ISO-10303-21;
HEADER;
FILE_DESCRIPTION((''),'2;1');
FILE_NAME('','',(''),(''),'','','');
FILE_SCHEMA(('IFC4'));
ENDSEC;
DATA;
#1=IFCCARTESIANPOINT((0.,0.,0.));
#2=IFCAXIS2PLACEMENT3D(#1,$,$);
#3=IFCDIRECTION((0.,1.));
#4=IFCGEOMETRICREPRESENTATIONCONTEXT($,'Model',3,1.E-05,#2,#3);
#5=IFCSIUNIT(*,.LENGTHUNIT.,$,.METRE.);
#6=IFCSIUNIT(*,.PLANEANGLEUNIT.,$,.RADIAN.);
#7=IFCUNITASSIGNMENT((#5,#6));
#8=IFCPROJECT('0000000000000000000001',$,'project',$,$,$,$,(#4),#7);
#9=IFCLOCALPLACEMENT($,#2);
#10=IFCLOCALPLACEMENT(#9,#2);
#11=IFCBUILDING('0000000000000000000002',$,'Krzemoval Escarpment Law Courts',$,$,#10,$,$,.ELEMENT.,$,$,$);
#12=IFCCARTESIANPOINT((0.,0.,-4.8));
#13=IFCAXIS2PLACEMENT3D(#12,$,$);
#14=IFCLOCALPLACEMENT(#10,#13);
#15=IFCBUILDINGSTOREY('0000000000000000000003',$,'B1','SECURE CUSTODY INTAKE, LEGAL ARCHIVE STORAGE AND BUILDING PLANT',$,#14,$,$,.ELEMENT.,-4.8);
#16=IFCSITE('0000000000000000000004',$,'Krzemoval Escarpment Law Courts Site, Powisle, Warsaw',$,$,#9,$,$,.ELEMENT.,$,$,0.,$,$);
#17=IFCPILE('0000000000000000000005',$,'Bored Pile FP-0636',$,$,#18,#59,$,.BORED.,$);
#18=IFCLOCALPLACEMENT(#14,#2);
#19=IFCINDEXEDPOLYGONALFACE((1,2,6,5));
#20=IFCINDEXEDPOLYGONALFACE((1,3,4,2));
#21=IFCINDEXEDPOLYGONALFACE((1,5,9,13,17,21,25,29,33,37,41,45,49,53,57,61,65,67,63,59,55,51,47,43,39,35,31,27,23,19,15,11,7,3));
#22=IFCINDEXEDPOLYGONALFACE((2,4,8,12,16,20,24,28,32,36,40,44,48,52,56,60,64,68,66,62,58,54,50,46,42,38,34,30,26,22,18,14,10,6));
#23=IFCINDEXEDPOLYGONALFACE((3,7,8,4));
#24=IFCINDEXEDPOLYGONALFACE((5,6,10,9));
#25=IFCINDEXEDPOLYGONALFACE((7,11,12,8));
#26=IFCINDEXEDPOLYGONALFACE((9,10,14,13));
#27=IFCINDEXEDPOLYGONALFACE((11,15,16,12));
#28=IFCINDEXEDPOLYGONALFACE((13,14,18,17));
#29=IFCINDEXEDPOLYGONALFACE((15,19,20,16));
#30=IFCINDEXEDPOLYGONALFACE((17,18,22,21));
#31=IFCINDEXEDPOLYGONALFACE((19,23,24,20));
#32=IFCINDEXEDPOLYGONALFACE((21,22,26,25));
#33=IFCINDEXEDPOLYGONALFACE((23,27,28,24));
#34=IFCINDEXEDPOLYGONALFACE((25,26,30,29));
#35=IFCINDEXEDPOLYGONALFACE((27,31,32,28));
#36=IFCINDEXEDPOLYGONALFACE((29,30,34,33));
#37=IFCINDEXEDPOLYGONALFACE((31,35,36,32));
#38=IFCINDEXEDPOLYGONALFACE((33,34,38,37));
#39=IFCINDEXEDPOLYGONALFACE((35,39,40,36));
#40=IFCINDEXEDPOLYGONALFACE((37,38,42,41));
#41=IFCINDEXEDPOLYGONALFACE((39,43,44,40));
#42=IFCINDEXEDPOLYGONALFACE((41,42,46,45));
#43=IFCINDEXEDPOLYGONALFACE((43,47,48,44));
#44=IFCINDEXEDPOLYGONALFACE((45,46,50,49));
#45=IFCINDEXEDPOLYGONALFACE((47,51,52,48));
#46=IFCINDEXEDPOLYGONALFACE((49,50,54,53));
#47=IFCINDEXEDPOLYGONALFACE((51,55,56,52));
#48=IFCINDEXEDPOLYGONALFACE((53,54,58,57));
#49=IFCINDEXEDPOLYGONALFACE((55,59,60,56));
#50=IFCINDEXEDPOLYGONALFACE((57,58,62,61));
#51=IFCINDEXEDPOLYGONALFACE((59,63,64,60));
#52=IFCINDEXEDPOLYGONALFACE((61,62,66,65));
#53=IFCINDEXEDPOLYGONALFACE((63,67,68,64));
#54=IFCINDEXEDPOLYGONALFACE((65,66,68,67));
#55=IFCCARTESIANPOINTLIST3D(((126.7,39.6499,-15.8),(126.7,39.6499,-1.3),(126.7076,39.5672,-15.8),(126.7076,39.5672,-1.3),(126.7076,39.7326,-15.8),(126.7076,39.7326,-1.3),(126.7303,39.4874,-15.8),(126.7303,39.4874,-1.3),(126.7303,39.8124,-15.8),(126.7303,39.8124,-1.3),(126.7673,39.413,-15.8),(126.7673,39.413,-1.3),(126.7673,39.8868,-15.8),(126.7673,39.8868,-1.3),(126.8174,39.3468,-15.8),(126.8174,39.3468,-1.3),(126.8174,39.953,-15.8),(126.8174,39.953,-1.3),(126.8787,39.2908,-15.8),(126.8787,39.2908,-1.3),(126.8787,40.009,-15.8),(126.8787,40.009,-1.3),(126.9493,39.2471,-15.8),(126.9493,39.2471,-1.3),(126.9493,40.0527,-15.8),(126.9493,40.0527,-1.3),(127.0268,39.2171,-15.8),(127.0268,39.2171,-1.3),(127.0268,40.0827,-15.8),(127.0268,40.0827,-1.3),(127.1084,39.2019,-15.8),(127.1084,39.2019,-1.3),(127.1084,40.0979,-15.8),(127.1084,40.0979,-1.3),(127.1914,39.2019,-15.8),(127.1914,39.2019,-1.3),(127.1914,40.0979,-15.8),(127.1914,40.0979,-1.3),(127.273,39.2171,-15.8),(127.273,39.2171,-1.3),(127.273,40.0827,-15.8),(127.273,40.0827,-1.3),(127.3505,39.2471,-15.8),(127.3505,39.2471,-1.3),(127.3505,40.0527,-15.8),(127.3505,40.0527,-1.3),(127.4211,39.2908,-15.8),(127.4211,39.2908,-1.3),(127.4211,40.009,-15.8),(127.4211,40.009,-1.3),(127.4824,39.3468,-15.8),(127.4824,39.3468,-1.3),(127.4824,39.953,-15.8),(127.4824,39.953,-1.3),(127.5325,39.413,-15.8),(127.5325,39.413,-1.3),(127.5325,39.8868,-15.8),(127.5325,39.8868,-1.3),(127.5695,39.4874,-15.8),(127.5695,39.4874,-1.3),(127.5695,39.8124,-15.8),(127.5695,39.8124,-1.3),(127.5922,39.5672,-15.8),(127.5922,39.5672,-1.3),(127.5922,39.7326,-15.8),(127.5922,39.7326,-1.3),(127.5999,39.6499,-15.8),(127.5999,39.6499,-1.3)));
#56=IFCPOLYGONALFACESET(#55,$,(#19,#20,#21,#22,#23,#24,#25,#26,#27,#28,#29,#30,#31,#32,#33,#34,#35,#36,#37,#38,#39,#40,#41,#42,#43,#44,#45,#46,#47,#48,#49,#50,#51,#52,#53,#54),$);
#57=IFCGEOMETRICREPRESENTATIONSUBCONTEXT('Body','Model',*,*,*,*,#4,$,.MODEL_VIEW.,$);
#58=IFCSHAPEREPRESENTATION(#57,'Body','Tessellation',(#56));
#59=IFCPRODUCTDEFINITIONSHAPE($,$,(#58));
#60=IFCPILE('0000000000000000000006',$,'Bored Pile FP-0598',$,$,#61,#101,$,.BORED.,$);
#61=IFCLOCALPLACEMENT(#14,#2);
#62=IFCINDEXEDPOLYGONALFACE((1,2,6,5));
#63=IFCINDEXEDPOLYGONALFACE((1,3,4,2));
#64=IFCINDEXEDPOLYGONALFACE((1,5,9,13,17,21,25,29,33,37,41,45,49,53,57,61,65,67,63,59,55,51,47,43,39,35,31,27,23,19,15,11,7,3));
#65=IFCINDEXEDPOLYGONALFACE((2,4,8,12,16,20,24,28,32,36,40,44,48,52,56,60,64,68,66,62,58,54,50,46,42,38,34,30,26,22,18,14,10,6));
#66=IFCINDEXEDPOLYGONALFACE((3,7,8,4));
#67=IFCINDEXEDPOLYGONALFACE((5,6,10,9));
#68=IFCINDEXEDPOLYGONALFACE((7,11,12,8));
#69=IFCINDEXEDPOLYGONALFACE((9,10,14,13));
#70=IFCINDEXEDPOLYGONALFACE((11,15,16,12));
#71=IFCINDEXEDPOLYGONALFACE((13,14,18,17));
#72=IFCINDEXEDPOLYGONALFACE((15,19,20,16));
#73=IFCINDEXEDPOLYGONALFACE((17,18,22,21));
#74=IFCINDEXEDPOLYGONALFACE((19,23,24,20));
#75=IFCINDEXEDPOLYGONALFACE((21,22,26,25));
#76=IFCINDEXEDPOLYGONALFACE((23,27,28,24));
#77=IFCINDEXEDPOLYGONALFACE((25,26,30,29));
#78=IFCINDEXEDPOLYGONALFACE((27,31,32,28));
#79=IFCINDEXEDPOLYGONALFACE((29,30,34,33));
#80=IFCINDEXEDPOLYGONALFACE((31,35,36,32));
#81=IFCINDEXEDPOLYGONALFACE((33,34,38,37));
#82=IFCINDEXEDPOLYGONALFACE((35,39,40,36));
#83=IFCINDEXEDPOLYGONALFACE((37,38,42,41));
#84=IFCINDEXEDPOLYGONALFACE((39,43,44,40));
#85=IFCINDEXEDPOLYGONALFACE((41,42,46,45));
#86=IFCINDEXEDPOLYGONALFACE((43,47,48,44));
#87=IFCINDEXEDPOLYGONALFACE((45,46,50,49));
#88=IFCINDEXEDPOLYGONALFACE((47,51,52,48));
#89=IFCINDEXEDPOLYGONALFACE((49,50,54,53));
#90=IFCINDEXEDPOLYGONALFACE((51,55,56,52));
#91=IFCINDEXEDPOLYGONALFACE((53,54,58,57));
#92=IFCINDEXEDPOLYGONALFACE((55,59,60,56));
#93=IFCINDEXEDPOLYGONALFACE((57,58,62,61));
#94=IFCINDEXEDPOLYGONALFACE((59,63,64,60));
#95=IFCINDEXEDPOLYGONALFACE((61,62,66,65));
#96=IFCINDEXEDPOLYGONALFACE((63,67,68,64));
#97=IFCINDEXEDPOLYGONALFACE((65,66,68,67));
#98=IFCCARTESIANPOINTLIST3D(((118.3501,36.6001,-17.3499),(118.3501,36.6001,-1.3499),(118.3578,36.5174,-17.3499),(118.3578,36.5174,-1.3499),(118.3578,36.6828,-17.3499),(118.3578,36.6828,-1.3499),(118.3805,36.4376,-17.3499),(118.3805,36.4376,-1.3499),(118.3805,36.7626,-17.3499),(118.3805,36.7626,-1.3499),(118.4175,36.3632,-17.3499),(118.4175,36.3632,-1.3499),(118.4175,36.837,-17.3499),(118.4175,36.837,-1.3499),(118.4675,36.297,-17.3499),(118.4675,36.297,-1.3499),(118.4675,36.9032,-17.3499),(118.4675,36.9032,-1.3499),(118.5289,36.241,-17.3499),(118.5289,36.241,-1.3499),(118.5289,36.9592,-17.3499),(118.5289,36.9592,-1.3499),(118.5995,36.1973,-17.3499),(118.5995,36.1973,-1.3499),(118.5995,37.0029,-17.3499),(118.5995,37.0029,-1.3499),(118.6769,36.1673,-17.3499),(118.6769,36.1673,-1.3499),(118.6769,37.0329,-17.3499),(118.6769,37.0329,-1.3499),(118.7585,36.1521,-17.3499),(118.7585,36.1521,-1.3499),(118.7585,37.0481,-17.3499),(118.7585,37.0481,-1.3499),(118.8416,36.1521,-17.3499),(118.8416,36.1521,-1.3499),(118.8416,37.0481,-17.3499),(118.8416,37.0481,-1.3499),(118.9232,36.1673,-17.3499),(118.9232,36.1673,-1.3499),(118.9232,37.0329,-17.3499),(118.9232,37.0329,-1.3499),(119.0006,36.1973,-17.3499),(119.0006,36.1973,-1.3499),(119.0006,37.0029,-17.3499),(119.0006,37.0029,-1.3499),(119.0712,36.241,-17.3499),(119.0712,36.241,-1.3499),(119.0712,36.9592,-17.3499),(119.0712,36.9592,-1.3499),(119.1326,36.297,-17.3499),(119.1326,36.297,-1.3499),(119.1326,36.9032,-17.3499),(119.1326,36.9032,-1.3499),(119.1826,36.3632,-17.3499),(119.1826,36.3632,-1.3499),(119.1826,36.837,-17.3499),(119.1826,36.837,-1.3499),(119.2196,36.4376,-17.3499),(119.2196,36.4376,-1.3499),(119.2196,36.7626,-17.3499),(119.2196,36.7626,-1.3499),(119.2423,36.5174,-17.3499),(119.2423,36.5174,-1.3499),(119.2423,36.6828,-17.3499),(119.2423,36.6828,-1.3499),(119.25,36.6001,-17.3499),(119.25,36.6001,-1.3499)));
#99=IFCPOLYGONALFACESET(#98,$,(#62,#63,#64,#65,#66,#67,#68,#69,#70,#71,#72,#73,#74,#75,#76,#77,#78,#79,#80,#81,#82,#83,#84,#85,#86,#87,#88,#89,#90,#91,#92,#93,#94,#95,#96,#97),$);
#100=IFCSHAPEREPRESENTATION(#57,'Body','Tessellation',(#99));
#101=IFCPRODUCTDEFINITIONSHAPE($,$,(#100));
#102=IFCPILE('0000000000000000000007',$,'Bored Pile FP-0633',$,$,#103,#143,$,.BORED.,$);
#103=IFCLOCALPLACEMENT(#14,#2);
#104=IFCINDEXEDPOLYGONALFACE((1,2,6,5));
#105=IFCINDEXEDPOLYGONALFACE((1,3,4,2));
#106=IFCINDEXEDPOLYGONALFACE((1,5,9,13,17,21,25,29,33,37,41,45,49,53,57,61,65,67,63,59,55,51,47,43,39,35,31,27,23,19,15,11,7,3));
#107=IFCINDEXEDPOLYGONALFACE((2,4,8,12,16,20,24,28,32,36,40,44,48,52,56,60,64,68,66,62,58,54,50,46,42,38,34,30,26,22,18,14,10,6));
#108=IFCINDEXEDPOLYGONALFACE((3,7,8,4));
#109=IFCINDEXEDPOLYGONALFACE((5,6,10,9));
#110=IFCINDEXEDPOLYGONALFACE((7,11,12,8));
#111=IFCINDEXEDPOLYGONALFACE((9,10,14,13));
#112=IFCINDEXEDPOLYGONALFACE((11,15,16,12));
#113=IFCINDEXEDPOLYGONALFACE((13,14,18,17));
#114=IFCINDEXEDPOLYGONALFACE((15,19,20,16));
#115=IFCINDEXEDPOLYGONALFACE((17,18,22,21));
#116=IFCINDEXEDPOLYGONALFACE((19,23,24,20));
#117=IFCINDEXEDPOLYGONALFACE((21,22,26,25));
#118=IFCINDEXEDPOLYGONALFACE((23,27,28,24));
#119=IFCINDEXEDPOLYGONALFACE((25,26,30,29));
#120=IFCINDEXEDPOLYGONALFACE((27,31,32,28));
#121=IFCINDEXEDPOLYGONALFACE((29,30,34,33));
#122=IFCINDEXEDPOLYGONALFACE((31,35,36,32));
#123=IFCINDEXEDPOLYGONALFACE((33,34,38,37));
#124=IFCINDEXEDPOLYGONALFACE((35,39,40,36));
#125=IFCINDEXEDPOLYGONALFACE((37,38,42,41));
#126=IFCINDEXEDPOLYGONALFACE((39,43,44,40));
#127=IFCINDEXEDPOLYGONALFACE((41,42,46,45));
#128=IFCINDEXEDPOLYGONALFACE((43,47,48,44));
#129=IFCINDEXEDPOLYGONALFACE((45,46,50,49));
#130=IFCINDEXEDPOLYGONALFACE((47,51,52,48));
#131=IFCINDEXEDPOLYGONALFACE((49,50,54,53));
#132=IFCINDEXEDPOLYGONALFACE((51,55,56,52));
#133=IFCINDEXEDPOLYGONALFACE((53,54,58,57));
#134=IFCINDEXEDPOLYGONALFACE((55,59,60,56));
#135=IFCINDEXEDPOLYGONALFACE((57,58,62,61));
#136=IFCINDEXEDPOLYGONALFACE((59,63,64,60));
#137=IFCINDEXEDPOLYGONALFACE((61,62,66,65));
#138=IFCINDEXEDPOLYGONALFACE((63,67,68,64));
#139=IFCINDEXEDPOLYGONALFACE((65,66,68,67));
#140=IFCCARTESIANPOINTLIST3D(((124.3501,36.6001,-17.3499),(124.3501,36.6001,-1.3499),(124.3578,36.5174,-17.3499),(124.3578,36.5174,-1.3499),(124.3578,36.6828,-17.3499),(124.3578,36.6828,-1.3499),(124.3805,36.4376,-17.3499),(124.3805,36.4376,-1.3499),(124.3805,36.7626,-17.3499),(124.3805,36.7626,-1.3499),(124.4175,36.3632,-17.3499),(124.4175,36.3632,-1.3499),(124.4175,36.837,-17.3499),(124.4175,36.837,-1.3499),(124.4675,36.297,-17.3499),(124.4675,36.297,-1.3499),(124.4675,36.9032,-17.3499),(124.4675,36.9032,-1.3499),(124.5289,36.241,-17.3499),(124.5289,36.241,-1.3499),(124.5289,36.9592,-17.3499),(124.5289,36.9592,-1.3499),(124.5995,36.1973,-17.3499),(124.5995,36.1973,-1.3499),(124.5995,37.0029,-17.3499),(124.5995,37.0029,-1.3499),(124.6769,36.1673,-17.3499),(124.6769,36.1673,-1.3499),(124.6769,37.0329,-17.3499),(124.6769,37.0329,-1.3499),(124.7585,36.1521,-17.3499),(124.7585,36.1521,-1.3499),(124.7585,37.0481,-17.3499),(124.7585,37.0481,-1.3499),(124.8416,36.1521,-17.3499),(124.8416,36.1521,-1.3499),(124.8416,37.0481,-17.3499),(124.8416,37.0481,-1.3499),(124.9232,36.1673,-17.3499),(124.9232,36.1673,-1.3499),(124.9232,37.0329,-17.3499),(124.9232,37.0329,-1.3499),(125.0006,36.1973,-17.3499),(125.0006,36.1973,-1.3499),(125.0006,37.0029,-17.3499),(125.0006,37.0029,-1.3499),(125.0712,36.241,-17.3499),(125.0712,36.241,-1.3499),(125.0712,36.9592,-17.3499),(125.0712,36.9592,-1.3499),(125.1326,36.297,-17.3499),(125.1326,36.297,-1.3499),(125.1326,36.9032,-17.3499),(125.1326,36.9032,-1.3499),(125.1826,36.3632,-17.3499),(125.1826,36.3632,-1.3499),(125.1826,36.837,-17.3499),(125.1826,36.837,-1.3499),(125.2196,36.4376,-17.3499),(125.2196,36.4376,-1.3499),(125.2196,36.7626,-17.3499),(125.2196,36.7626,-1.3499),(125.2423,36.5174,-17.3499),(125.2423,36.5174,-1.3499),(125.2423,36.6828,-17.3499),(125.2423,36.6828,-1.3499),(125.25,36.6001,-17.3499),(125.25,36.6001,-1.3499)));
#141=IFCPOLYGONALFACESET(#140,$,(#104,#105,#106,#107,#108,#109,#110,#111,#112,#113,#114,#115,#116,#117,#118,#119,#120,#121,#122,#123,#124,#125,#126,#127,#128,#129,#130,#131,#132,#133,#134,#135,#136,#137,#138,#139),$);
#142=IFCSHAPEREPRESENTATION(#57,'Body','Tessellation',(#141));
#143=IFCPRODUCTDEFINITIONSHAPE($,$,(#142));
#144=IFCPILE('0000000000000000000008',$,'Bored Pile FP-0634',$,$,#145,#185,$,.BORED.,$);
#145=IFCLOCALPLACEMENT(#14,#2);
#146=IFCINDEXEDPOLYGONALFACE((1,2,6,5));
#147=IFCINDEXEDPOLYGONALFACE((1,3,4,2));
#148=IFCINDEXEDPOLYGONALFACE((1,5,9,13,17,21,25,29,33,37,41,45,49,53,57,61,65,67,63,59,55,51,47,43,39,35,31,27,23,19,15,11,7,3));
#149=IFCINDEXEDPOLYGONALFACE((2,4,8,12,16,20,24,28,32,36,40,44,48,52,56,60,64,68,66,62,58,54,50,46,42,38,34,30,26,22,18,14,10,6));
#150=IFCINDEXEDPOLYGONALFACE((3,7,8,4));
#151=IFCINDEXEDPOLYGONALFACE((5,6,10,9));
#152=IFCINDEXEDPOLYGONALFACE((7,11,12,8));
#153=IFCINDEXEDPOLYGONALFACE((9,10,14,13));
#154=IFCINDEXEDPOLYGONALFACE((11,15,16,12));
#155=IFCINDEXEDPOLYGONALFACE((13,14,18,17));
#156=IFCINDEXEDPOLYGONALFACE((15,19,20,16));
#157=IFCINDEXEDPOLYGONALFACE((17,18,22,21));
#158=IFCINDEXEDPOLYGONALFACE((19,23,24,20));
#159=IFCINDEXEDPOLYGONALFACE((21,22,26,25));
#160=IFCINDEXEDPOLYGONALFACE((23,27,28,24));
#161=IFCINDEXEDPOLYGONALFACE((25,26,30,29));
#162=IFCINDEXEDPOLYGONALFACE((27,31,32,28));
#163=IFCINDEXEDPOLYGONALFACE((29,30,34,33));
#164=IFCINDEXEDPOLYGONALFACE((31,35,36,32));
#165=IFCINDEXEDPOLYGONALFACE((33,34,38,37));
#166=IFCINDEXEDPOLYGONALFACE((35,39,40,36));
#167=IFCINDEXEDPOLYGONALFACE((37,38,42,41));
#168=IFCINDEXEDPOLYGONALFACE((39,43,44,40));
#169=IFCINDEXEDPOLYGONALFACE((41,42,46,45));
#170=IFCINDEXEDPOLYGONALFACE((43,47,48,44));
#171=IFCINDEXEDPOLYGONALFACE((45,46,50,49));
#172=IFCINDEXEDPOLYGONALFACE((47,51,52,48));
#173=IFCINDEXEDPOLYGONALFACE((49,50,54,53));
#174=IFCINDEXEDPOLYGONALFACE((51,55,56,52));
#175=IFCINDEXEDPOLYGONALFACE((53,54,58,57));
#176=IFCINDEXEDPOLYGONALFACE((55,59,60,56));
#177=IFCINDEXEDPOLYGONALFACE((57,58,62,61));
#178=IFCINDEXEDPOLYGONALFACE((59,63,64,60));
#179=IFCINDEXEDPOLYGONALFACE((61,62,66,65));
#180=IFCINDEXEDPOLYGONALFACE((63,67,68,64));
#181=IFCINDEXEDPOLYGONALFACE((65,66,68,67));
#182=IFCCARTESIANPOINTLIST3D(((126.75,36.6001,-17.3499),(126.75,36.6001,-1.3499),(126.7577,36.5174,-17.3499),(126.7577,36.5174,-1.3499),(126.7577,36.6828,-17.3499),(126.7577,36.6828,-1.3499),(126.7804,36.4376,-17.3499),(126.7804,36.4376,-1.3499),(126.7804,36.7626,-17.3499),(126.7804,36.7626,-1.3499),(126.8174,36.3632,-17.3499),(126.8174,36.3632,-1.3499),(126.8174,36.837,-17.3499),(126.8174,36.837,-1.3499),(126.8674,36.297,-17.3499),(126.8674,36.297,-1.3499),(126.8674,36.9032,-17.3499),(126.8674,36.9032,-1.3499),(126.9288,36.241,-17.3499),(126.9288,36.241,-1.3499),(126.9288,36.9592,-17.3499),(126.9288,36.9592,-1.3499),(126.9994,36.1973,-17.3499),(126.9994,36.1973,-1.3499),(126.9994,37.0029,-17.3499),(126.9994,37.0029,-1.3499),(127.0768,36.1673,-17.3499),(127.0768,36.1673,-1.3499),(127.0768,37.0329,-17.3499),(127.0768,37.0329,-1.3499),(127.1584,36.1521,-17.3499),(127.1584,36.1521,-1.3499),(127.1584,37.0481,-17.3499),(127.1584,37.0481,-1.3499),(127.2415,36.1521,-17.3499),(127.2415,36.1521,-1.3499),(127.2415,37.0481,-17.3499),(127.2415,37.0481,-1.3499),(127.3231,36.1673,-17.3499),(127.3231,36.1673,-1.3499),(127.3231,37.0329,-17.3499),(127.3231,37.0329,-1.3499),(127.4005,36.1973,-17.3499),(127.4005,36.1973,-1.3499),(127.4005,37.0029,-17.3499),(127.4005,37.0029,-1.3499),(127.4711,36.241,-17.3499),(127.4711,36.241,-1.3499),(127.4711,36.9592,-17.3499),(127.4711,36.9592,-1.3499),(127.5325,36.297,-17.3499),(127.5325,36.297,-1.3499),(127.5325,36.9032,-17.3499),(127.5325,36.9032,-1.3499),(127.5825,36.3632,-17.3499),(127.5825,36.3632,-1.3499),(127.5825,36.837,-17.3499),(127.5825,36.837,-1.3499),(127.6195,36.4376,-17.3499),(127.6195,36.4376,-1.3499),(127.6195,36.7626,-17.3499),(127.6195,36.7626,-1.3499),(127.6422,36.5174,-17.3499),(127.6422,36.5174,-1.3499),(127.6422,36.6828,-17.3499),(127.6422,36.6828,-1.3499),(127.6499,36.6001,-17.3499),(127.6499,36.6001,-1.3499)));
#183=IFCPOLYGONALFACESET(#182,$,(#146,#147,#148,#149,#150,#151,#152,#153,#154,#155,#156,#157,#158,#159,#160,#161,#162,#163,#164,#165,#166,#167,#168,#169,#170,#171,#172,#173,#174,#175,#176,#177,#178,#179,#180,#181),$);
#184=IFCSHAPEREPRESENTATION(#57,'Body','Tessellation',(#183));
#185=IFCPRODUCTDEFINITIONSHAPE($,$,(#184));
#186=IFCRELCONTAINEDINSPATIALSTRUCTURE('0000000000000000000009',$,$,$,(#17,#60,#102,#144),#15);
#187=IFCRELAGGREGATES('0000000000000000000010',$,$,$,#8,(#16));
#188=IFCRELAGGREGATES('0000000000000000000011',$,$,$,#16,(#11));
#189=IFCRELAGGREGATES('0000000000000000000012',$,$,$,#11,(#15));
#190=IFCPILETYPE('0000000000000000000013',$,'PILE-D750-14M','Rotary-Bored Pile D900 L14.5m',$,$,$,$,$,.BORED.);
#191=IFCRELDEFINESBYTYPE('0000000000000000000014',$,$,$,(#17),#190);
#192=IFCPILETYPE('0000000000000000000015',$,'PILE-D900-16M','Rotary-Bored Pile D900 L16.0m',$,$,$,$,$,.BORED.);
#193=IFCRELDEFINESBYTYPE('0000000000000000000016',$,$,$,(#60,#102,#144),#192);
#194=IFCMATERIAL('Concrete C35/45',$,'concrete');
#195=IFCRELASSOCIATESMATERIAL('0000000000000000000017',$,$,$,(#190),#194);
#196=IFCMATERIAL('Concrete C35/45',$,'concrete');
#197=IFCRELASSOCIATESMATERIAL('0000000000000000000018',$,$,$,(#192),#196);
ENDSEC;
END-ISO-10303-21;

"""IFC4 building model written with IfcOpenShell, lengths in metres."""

from ifc_helpers import new_model, si_unit, direction, frame, origin, origin_2d, place, context, subcontext, project, spatial, circle, extrude, material, material_profile, profile_set, type_object, element, save


model = new_model("IFC4")

# Units and contexts
model_context = context("Model", 3, precision=1e-05, world=origin(), true_north=direction((0.0, 1.0)))
body_context = subcontext(model_context, "Body", "Model", "MODEL_VIEW")
ifc_project = project(units=[si_unit("LENGTHUNIT", "METRE"), si_unit("PLANEANGLEUNIT", "RADIAN")], contexts=[model_context])

# Site, building, storey
site_placement = place(None, origin())
site = spatial("IfcSite", under=ifc_project, at=site_placement, Name="Krzemoval Escarpment Law Courts Site, Powisle, Warsaw", CompositionType="ELEMENT", RefElevation=0.0)
building_placement = place(site_placement, origin())
building = spatial("IfcBuilding", under=site, at=building_placement, Name="Krzemoval Escarpment Law Courts", CompositionType="ELEMENT")
storey_placement = place(building_placement, frame((0.0, 0.0, -4.8)))
storey = spatial("IfcBuildingStorey", under=building, at=storey_placement, Name="B1", Description="SECURE CUSTODY INTAKE, LEGAL ARCHIVE STORAGE AND BUILDING PLANT", CompositionType="ELEMENT", Elevation=-4.8)

# Piles
ifc_material_1 = material(Name="Concrete C35/45", Category="concrete")
ifc_material_profile_1 = material_profile(ifc_material_1, circle(Radius=0.45, at=origin_2d()), Name="PILE D900")
ifc_profile_set_1 = profile_set([ifc_material_profile_1], Name="Concrete C35/45")
pile_type_1 = type_object("IfcPileType", Name="PILE-D750-14M", Description="Rotary-Bored Pile D900 L14.5m", PredefinedType="BORED", material=ifc_profile_set_1)
for number, where, z_axis, x_axis, name in (
    (1, (127.1499, 39.6499, -1.3), (0.0, 0.0, -1.0), (1.0, 0.0, 0.0), "Bored Pile FP-0636"),
):
    element("IfcPile", number, at=place(storey_placement, frame(where, z_axis=z_axis, x_axis=x_axis)), inside=storey, type_object=pile_type_1, Name=name, PredefinedType="BORED", context=body_context, shape_type="SweptSolid", body=[
        extrude(circle(Radius=0.45, at=origin_2d()), origin(), (0.0, 0.0, 1.0), 14.5),
    ])
ifc_material_2 = material(Name="Concrete C35/45", Category="concrete")
ifc_material_profile_2 = material_profile(ifc_material_2, circle(Radius=0.45, at=origin_2d()), Name="PILE D900")
ifc_profile_set_2 = profile_set([ifc_material_profile_2], Name="Concrete C35/45")
pile_type_2 = type_object("IfcPileType", Name="PILE-D900-16M", Description="Rotary-Bored Pile D900 L16.0m", PredefinedType="BORED", material=ifc_profile_set_2)
for number, where, z_axis, x_axis, name in (
    (2, (118.8, 36.6001, -1.3499), (0.0, 0.0, -1.0), (1.0, 0.0, 0.0), "Bored Pile FP-0598"),
    (3, (124.8, 36.6001, -1.3499), (0.0, 0.0, -1.0), (1.0, 0.0, 0.0), "Bored Pile FP-0633"),
    (4, (127.2, 36.6001, -1.3499), (0.0, 0.0, -1.0), (1.0, 0.0, 0.0), "Bored Pile FP-0634"),
):
    element("IfcPile", number, at=place(storey_placement, frame(where, z_axis=z_axis, x_axis=x_axis)), inside=storey, type_object=pile_type_2, Name=name, PredefinedType="BORED", context=body_context, shape_type="SweptSolid", body=[
        extrude(circle(Radius=0.45, at=origin_2d()), origin(), (0.0, 0.0, 1.0), 16.0),
    ])

save(model, "model.ifc")
